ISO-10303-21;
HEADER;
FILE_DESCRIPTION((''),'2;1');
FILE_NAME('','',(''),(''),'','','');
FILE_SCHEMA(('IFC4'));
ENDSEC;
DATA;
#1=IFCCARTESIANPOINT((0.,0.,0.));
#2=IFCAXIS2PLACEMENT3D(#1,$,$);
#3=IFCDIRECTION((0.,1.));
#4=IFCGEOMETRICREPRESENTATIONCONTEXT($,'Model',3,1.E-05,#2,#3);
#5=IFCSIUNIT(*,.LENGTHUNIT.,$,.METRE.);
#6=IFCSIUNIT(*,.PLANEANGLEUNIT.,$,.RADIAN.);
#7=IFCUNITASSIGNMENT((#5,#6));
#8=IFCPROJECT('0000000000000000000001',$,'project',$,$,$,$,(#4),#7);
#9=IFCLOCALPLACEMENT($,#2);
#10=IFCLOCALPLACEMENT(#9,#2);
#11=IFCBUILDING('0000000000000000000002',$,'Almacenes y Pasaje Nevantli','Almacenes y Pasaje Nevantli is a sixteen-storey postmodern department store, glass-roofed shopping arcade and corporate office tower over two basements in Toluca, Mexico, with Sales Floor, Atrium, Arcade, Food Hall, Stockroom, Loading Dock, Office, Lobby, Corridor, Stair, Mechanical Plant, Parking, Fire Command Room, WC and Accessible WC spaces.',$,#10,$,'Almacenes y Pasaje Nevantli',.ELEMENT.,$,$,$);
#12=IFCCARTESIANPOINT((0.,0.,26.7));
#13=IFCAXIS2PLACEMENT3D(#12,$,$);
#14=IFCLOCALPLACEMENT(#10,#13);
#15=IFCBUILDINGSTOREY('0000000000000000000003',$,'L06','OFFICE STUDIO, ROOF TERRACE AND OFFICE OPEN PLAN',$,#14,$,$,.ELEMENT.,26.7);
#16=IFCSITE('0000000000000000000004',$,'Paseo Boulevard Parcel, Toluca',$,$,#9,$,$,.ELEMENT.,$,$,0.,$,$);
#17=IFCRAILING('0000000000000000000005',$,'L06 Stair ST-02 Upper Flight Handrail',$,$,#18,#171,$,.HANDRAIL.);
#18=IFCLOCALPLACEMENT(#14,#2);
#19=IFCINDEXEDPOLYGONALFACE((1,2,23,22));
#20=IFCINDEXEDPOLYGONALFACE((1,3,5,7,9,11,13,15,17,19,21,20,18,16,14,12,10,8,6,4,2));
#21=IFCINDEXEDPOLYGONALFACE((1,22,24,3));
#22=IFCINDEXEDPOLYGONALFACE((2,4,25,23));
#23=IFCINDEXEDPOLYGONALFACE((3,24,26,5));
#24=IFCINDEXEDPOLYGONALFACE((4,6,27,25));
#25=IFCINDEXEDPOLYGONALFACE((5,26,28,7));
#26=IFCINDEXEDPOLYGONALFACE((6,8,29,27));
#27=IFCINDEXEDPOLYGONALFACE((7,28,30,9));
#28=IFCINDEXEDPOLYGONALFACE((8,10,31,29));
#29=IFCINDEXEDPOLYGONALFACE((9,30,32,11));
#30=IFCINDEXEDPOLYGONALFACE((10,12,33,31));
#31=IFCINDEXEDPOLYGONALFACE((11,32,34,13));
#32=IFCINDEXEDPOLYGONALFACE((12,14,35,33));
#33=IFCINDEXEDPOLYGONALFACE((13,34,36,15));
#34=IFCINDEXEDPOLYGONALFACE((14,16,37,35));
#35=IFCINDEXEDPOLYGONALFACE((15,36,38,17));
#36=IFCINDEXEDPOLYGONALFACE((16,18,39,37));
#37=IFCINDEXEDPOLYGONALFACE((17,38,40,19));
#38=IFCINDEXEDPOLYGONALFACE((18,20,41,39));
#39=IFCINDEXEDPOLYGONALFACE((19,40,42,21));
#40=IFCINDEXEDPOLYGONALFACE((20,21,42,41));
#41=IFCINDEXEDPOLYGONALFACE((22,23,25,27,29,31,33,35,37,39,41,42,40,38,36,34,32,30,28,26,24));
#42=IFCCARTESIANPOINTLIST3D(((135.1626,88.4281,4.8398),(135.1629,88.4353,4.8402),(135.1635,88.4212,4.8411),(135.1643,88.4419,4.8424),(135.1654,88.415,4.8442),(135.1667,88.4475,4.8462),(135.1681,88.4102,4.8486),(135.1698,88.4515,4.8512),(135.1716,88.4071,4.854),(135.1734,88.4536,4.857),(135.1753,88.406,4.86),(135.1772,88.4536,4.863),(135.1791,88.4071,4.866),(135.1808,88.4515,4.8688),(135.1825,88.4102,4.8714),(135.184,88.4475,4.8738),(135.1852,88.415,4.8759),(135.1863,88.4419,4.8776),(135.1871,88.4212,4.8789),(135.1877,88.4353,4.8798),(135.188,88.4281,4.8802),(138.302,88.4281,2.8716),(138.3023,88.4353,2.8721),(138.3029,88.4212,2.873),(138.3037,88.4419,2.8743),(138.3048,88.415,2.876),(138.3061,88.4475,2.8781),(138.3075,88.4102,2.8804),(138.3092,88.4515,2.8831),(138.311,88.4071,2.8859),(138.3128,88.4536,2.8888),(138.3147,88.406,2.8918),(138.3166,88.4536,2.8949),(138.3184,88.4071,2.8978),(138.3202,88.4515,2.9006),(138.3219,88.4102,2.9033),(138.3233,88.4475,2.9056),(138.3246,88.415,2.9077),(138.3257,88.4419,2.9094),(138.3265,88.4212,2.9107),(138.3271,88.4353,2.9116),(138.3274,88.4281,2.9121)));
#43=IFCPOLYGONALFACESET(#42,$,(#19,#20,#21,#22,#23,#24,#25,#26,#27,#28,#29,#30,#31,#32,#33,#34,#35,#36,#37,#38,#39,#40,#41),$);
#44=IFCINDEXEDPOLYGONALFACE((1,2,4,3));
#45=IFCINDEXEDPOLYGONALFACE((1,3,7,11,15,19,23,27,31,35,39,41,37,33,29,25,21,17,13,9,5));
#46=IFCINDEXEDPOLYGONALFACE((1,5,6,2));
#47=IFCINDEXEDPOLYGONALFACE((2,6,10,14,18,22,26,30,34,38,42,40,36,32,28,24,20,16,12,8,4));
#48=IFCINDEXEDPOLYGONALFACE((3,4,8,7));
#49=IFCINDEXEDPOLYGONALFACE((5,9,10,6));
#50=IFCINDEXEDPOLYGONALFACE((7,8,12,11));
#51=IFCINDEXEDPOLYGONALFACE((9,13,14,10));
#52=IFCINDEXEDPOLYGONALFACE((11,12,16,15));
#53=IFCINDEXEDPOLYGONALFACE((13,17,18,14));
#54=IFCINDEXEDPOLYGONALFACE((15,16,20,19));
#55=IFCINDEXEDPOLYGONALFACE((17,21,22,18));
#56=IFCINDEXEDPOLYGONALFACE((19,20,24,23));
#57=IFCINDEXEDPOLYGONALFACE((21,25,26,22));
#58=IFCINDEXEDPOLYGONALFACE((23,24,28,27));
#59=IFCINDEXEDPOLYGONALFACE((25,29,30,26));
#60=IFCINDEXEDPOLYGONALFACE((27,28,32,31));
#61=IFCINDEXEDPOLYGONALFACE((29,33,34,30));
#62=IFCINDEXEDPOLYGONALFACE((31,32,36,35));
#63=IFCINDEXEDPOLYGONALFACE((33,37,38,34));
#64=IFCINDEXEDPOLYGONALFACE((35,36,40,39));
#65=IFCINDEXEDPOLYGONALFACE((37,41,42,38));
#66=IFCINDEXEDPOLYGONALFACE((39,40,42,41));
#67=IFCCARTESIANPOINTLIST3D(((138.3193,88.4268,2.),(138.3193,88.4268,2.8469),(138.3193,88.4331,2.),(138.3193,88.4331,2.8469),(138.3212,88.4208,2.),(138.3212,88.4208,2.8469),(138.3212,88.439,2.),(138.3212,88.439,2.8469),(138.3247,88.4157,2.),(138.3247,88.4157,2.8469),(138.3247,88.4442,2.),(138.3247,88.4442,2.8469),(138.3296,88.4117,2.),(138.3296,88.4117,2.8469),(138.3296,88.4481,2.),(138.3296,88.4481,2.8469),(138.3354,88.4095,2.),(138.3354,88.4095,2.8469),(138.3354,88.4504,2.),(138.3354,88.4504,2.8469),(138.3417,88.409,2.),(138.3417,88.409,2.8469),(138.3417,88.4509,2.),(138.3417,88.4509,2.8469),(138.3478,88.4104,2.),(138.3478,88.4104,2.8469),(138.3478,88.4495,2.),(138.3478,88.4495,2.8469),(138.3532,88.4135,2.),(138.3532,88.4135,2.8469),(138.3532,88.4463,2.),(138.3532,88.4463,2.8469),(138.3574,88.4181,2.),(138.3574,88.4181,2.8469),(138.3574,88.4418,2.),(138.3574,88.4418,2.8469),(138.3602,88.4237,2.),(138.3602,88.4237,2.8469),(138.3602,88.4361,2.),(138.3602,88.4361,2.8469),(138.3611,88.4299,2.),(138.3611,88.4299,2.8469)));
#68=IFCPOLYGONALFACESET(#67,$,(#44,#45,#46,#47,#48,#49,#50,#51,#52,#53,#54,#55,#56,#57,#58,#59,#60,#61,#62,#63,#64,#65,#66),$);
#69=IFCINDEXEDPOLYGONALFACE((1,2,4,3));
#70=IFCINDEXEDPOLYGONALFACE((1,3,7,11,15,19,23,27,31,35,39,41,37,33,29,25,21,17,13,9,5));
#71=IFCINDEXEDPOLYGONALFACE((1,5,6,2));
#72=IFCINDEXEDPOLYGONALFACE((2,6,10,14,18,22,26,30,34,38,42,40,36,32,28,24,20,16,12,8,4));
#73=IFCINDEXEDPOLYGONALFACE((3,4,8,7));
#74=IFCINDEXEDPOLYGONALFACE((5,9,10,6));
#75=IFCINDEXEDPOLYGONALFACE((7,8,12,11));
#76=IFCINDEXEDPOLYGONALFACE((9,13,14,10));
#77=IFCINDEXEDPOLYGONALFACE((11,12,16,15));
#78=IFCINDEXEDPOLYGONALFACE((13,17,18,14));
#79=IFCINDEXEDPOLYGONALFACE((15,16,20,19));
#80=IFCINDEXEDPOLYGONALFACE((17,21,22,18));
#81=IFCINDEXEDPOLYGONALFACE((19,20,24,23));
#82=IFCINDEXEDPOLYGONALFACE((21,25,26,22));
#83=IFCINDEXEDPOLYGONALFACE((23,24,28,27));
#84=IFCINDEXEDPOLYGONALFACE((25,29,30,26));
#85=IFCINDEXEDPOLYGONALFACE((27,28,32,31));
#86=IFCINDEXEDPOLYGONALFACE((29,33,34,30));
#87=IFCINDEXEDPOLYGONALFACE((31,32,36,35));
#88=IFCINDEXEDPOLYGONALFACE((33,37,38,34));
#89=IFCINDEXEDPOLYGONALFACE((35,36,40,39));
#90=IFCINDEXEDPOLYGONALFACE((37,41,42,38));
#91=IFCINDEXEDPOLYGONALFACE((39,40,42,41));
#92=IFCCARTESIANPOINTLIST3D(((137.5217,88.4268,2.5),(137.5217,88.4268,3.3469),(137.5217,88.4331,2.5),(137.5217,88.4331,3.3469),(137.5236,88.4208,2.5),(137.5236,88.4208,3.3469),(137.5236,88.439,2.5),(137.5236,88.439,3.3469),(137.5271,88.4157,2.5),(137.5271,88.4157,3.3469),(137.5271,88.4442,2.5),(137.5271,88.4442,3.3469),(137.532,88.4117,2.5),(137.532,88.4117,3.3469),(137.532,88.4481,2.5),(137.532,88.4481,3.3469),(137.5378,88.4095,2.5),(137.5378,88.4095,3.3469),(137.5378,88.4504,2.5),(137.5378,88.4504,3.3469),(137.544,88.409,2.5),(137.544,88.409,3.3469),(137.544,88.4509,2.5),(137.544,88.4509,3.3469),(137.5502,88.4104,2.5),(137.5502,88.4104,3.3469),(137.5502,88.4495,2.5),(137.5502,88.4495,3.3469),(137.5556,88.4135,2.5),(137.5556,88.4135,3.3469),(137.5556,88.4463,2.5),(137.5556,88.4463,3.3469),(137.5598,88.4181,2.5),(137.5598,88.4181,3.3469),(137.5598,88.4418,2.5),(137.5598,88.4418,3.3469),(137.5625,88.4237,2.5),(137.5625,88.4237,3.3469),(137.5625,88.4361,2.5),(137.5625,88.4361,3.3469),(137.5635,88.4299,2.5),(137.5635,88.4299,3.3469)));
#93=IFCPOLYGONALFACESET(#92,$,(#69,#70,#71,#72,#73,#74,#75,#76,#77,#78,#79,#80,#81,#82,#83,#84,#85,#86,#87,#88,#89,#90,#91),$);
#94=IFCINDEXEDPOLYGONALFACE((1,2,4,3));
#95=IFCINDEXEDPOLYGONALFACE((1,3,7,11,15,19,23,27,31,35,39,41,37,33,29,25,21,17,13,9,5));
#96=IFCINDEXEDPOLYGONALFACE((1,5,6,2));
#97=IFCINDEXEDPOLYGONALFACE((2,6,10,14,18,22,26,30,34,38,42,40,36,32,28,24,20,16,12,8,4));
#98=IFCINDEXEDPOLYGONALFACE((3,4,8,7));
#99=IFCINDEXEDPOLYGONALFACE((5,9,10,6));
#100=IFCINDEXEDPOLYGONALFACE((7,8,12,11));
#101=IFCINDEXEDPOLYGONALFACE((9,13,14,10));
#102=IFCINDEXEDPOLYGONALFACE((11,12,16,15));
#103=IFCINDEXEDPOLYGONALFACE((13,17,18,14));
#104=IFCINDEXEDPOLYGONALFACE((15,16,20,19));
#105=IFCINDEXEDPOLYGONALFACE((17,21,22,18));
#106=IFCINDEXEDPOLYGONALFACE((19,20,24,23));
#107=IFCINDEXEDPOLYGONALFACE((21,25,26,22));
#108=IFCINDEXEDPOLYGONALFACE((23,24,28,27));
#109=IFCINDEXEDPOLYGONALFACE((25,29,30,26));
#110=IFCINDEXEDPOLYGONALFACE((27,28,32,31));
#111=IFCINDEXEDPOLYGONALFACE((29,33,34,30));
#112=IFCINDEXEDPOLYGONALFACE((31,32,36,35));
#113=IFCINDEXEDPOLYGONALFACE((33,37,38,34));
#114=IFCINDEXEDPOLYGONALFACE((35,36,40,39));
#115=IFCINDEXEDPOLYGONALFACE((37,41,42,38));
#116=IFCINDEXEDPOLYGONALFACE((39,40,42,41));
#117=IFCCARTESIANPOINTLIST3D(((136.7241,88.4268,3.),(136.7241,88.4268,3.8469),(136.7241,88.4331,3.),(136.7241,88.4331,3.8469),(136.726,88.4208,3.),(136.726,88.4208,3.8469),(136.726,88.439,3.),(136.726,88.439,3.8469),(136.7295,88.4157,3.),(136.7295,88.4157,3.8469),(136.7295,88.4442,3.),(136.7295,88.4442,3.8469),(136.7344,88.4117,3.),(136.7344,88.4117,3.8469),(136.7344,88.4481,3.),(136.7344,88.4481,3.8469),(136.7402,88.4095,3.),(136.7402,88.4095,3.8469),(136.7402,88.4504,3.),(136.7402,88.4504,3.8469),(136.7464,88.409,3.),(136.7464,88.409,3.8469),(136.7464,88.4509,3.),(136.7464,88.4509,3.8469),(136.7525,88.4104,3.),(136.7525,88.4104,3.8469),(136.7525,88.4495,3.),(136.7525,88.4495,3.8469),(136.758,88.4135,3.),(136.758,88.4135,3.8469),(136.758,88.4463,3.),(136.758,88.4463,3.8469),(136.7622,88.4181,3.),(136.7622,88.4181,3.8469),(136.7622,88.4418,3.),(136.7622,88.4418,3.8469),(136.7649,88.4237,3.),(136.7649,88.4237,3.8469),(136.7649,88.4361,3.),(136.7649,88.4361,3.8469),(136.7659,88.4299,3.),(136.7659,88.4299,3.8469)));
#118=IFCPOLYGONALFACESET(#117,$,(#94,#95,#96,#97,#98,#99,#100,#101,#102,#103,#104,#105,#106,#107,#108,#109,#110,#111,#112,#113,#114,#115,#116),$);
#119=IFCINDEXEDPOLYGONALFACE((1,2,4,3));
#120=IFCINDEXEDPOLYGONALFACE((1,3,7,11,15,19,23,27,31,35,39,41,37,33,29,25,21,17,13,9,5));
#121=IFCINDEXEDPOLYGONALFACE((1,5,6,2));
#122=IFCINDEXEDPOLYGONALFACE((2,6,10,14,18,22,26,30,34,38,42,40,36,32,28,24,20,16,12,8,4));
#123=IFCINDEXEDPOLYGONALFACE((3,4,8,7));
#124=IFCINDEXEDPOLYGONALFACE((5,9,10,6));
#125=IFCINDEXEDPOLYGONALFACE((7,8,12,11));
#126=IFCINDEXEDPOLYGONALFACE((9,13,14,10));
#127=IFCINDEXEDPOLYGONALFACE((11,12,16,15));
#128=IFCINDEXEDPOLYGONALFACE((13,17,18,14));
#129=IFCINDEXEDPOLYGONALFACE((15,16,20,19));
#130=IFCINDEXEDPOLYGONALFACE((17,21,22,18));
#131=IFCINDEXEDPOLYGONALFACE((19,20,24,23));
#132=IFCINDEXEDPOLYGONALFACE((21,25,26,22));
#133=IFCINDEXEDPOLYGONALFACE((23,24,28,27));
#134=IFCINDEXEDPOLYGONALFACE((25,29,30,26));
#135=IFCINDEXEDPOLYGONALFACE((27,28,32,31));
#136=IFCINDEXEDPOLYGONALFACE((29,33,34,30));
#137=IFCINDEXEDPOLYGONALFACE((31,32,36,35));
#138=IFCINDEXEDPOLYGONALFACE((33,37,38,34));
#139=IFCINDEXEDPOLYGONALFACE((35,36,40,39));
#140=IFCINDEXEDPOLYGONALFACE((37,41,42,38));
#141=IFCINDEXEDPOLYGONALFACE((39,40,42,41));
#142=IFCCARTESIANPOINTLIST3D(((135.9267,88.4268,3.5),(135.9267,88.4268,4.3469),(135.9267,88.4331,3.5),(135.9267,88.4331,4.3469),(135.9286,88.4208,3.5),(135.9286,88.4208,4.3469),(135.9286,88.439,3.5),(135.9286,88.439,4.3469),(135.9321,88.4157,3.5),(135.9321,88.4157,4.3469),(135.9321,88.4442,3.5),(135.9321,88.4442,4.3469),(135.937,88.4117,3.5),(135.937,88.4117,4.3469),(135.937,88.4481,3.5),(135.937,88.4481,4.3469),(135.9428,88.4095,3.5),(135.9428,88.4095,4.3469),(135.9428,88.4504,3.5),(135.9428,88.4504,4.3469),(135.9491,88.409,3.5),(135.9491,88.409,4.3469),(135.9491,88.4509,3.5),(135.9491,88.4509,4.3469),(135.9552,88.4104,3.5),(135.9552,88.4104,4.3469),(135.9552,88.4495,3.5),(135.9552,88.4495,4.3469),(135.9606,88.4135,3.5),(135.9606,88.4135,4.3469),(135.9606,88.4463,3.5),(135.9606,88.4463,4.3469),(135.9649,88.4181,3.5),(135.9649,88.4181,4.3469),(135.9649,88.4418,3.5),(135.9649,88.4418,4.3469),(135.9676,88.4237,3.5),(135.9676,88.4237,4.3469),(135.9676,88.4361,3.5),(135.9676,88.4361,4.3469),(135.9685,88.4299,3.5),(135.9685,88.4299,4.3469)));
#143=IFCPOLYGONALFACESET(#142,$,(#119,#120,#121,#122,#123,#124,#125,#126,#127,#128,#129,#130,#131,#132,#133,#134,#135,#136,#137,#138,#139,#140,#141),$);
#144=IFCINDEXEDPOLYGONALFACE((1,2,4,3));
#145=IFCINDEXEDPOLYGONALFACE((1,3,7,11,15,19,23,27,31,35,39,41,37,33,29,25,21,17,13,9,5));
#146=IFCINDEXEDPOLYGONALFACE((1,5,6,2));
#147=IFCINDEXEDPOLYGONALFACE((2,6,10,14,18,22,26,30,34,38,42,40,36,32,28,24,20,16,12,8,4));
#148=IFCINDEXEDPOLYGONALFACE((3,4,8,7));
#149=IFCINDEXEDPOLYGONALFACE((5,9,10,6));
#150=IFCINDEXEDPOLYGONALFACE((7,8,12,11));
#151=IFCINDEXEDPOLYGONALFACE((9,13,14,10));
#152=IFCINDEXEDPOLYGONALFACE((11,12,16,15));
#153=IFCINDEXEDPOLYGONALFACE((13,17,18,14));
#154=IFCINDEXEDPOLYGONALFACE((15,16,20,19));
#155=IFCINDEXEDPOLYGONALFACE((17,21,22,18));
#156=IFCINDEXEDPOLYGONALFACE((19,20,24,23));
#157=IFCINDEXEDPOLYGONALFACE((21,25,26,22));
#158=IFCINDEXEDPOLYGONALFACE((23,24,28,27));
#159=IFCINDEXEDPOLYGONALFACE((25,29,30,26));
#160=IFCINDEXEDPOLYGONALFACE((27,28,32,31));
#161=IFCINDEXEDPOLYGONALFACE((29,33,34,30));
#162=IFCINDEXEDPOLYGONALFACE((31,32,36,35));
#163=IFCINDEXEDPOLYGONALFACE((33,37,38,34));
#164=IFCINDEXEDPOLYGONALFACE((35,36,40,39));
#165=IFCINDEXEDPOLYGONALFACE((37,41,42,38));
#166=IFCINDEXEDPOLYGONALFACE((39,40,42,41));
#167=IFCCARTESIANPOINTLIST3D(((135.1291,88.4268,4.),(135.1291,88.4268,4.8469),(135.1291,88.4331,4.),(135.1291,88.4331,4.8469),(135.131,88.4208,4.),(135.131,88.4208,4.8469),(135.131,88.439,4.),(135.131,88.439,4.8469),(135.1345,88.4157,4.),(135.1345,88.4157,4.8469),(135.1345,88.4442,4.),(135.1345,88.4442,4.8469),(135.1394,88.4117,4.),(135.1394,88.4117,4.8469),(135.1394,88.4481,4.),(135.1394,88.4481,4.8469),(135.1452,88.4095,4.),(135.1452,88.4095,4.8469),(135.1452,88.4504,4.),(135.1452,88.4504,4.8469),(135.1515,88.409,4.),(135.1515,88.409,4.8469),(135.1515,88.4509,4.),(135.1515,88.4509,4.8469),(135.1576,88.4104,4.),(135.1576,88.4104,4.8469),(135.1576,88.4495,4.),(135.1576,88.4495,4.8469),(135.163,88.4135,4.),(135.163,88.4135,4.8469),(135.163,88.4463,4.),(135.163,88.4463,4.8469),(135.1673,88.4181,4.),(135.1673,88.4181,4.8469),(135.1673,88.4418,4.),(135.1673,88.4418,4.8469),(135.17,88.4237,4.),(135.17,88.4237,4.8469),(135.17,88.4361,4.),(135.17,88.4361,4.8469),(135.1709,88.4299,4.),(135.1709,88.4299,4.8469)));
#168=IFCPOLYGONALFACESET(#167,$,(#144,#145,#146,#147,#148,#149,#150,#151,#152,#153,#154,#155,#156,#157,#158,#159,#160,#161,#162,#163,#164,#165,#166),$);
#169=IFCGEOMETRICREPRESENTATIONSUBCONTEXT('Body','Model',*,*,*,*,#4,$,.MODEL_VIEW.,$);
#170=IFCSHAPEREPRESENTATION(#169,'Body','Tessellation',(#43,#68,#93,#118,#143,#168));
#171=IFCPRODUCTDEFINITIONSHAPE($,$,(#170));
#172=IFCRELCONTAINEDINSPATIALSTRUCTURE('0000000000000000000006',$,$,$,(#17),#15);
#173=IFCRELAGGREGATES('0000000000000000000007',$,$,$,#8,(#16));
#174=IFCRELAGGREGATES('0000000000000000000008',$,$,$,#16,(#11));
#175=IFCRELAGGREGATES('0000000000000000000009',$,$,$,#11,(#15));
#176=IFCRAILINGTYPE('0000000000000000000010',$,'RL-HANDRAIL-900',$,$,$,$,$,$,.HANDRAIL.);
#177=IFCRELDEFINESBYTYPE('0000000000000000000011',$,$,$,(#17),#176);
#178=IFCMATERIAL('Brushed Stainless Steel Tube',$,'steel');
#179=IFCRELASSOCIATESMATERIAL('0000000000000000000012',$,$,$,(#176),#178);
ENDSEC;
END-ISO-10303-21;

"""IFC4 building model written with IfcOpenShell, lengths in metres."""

from ifc_helpers import new_model, si_unit, direction, frame, origin, origin_2d, place, context, subcontext, project, spatial, circle, extrude, material, type_object, element, save


model = new_model("IFC4")

# Units and contexts
model_context = context("Model", 3, precision=1e-05, world=origin(), true_north=direction((0.0, 1.0)))
body_context = subcontext(model_context, "Body", "Model", "MODEL_VIEW")
ifc_project = project(units=[si_unit("LENGTHUNIT", "METRE"), si_unit("PLANEANGLEUNIT", "RADIAN")], contexts=[model_context])

# Site, building, storey
site_placement = place(None, origin())
site = spatial("IfcSite", under=ifc_project, at=site_placement, Name="Paseo Boulevard Parcel, Toluca", CompositionType="ELEMENT", RefElevation=0.0)
building_placement = place(site_placement, origin())
building = spatial("IfcBuilding", under=site, at=building_placement, Name="Almacenes y Pasaje Nevantli", Description="Almacenes y Pasaje Nevantli is a sixteen-storey postmodern department store, glass-roofed shopping arcade and corporate office tower over two basements in Toluca, Mexico, with Sales Floor, Atrium, Arcade, Food Hall, Stockroom, Loading Dock, Office, Lobby, Corridor, Stair, Mechanical Plant, Parking, Fire Command Room, WC and Accessible WC spaces.", LongName="Almacenes y Pasaje Nevantli", CompositionType="ELEMENT")
storey_placement = place(building_placement, frame((0.0, 0.0, 26.7)))
storey = spatial("IfcBuildingStorey", under=building, at=storey_placement, Name="L06", Description="OFFICE STUDIO, ROOF TERRACE AND OFFICE OPEN PLAN", CompositionType="ELEMENT", Elevation=26.7)

# Railing
ifc_material_1 = material(Name="Brushed Stainless Steel Tube", Category="steel")
railing_type_1 = type_object("IfcRailingType", Name="RL-HANDRAIL-900", PredefinedType="HANDRAIL", material=ifc_material_1)
railing_1_placement = place(storey_placement, frame((138.3401, 88.4299, 2.0)))
element("IfcRailing", 1, at=railing_1_placement, inside=storey, type_object=railing_type_1, Name="L06 Stair ST-02 Upper Flight Handrail", PredefinedType="HANDRAIL", context=body_context, shape_type="SweptSolid", body=[
    extrude(circle(Radius=0.0239, at=origin_2d()), frame((-0.0254, 0.0, 0.8918), z_axis=(-0.847265, 0.0, 0.53117), x_axis=(0.0, -1.0, 0.0)), (0.0, 0.0, 1.0), 3.7053),
    extrude(circle(Radius=0.021, at=origin_2d()), origin(), (0.0, 0.0, 1.0), 0.8469),
    extrude(circle(Radius=0.021, at=origin_2d()), frame((-0.7976, 0.0, 0.5)), (0.0, 0.0, 1.0), 0.8469),
    extrude(circle(Radius=0.021, at=origin_2d()), frame((-1.5952, 0.0, 1.0)), (0.0, 0.0, 1.0), 0.8469),
    extrude(circle(Radius=0.021, at=origin_2d()), frame((-2.3926, 0.0, 1.5)), (0.0, 0.0, 1.0), 0.8469),
    extrude(circle(Radius=0.021, at=origin_2d()), frame((-3.1902, 0.0, 2.0)), (0.0, 0.0, 1.0), 0.8469),
])

save(model, "model.ifc")
